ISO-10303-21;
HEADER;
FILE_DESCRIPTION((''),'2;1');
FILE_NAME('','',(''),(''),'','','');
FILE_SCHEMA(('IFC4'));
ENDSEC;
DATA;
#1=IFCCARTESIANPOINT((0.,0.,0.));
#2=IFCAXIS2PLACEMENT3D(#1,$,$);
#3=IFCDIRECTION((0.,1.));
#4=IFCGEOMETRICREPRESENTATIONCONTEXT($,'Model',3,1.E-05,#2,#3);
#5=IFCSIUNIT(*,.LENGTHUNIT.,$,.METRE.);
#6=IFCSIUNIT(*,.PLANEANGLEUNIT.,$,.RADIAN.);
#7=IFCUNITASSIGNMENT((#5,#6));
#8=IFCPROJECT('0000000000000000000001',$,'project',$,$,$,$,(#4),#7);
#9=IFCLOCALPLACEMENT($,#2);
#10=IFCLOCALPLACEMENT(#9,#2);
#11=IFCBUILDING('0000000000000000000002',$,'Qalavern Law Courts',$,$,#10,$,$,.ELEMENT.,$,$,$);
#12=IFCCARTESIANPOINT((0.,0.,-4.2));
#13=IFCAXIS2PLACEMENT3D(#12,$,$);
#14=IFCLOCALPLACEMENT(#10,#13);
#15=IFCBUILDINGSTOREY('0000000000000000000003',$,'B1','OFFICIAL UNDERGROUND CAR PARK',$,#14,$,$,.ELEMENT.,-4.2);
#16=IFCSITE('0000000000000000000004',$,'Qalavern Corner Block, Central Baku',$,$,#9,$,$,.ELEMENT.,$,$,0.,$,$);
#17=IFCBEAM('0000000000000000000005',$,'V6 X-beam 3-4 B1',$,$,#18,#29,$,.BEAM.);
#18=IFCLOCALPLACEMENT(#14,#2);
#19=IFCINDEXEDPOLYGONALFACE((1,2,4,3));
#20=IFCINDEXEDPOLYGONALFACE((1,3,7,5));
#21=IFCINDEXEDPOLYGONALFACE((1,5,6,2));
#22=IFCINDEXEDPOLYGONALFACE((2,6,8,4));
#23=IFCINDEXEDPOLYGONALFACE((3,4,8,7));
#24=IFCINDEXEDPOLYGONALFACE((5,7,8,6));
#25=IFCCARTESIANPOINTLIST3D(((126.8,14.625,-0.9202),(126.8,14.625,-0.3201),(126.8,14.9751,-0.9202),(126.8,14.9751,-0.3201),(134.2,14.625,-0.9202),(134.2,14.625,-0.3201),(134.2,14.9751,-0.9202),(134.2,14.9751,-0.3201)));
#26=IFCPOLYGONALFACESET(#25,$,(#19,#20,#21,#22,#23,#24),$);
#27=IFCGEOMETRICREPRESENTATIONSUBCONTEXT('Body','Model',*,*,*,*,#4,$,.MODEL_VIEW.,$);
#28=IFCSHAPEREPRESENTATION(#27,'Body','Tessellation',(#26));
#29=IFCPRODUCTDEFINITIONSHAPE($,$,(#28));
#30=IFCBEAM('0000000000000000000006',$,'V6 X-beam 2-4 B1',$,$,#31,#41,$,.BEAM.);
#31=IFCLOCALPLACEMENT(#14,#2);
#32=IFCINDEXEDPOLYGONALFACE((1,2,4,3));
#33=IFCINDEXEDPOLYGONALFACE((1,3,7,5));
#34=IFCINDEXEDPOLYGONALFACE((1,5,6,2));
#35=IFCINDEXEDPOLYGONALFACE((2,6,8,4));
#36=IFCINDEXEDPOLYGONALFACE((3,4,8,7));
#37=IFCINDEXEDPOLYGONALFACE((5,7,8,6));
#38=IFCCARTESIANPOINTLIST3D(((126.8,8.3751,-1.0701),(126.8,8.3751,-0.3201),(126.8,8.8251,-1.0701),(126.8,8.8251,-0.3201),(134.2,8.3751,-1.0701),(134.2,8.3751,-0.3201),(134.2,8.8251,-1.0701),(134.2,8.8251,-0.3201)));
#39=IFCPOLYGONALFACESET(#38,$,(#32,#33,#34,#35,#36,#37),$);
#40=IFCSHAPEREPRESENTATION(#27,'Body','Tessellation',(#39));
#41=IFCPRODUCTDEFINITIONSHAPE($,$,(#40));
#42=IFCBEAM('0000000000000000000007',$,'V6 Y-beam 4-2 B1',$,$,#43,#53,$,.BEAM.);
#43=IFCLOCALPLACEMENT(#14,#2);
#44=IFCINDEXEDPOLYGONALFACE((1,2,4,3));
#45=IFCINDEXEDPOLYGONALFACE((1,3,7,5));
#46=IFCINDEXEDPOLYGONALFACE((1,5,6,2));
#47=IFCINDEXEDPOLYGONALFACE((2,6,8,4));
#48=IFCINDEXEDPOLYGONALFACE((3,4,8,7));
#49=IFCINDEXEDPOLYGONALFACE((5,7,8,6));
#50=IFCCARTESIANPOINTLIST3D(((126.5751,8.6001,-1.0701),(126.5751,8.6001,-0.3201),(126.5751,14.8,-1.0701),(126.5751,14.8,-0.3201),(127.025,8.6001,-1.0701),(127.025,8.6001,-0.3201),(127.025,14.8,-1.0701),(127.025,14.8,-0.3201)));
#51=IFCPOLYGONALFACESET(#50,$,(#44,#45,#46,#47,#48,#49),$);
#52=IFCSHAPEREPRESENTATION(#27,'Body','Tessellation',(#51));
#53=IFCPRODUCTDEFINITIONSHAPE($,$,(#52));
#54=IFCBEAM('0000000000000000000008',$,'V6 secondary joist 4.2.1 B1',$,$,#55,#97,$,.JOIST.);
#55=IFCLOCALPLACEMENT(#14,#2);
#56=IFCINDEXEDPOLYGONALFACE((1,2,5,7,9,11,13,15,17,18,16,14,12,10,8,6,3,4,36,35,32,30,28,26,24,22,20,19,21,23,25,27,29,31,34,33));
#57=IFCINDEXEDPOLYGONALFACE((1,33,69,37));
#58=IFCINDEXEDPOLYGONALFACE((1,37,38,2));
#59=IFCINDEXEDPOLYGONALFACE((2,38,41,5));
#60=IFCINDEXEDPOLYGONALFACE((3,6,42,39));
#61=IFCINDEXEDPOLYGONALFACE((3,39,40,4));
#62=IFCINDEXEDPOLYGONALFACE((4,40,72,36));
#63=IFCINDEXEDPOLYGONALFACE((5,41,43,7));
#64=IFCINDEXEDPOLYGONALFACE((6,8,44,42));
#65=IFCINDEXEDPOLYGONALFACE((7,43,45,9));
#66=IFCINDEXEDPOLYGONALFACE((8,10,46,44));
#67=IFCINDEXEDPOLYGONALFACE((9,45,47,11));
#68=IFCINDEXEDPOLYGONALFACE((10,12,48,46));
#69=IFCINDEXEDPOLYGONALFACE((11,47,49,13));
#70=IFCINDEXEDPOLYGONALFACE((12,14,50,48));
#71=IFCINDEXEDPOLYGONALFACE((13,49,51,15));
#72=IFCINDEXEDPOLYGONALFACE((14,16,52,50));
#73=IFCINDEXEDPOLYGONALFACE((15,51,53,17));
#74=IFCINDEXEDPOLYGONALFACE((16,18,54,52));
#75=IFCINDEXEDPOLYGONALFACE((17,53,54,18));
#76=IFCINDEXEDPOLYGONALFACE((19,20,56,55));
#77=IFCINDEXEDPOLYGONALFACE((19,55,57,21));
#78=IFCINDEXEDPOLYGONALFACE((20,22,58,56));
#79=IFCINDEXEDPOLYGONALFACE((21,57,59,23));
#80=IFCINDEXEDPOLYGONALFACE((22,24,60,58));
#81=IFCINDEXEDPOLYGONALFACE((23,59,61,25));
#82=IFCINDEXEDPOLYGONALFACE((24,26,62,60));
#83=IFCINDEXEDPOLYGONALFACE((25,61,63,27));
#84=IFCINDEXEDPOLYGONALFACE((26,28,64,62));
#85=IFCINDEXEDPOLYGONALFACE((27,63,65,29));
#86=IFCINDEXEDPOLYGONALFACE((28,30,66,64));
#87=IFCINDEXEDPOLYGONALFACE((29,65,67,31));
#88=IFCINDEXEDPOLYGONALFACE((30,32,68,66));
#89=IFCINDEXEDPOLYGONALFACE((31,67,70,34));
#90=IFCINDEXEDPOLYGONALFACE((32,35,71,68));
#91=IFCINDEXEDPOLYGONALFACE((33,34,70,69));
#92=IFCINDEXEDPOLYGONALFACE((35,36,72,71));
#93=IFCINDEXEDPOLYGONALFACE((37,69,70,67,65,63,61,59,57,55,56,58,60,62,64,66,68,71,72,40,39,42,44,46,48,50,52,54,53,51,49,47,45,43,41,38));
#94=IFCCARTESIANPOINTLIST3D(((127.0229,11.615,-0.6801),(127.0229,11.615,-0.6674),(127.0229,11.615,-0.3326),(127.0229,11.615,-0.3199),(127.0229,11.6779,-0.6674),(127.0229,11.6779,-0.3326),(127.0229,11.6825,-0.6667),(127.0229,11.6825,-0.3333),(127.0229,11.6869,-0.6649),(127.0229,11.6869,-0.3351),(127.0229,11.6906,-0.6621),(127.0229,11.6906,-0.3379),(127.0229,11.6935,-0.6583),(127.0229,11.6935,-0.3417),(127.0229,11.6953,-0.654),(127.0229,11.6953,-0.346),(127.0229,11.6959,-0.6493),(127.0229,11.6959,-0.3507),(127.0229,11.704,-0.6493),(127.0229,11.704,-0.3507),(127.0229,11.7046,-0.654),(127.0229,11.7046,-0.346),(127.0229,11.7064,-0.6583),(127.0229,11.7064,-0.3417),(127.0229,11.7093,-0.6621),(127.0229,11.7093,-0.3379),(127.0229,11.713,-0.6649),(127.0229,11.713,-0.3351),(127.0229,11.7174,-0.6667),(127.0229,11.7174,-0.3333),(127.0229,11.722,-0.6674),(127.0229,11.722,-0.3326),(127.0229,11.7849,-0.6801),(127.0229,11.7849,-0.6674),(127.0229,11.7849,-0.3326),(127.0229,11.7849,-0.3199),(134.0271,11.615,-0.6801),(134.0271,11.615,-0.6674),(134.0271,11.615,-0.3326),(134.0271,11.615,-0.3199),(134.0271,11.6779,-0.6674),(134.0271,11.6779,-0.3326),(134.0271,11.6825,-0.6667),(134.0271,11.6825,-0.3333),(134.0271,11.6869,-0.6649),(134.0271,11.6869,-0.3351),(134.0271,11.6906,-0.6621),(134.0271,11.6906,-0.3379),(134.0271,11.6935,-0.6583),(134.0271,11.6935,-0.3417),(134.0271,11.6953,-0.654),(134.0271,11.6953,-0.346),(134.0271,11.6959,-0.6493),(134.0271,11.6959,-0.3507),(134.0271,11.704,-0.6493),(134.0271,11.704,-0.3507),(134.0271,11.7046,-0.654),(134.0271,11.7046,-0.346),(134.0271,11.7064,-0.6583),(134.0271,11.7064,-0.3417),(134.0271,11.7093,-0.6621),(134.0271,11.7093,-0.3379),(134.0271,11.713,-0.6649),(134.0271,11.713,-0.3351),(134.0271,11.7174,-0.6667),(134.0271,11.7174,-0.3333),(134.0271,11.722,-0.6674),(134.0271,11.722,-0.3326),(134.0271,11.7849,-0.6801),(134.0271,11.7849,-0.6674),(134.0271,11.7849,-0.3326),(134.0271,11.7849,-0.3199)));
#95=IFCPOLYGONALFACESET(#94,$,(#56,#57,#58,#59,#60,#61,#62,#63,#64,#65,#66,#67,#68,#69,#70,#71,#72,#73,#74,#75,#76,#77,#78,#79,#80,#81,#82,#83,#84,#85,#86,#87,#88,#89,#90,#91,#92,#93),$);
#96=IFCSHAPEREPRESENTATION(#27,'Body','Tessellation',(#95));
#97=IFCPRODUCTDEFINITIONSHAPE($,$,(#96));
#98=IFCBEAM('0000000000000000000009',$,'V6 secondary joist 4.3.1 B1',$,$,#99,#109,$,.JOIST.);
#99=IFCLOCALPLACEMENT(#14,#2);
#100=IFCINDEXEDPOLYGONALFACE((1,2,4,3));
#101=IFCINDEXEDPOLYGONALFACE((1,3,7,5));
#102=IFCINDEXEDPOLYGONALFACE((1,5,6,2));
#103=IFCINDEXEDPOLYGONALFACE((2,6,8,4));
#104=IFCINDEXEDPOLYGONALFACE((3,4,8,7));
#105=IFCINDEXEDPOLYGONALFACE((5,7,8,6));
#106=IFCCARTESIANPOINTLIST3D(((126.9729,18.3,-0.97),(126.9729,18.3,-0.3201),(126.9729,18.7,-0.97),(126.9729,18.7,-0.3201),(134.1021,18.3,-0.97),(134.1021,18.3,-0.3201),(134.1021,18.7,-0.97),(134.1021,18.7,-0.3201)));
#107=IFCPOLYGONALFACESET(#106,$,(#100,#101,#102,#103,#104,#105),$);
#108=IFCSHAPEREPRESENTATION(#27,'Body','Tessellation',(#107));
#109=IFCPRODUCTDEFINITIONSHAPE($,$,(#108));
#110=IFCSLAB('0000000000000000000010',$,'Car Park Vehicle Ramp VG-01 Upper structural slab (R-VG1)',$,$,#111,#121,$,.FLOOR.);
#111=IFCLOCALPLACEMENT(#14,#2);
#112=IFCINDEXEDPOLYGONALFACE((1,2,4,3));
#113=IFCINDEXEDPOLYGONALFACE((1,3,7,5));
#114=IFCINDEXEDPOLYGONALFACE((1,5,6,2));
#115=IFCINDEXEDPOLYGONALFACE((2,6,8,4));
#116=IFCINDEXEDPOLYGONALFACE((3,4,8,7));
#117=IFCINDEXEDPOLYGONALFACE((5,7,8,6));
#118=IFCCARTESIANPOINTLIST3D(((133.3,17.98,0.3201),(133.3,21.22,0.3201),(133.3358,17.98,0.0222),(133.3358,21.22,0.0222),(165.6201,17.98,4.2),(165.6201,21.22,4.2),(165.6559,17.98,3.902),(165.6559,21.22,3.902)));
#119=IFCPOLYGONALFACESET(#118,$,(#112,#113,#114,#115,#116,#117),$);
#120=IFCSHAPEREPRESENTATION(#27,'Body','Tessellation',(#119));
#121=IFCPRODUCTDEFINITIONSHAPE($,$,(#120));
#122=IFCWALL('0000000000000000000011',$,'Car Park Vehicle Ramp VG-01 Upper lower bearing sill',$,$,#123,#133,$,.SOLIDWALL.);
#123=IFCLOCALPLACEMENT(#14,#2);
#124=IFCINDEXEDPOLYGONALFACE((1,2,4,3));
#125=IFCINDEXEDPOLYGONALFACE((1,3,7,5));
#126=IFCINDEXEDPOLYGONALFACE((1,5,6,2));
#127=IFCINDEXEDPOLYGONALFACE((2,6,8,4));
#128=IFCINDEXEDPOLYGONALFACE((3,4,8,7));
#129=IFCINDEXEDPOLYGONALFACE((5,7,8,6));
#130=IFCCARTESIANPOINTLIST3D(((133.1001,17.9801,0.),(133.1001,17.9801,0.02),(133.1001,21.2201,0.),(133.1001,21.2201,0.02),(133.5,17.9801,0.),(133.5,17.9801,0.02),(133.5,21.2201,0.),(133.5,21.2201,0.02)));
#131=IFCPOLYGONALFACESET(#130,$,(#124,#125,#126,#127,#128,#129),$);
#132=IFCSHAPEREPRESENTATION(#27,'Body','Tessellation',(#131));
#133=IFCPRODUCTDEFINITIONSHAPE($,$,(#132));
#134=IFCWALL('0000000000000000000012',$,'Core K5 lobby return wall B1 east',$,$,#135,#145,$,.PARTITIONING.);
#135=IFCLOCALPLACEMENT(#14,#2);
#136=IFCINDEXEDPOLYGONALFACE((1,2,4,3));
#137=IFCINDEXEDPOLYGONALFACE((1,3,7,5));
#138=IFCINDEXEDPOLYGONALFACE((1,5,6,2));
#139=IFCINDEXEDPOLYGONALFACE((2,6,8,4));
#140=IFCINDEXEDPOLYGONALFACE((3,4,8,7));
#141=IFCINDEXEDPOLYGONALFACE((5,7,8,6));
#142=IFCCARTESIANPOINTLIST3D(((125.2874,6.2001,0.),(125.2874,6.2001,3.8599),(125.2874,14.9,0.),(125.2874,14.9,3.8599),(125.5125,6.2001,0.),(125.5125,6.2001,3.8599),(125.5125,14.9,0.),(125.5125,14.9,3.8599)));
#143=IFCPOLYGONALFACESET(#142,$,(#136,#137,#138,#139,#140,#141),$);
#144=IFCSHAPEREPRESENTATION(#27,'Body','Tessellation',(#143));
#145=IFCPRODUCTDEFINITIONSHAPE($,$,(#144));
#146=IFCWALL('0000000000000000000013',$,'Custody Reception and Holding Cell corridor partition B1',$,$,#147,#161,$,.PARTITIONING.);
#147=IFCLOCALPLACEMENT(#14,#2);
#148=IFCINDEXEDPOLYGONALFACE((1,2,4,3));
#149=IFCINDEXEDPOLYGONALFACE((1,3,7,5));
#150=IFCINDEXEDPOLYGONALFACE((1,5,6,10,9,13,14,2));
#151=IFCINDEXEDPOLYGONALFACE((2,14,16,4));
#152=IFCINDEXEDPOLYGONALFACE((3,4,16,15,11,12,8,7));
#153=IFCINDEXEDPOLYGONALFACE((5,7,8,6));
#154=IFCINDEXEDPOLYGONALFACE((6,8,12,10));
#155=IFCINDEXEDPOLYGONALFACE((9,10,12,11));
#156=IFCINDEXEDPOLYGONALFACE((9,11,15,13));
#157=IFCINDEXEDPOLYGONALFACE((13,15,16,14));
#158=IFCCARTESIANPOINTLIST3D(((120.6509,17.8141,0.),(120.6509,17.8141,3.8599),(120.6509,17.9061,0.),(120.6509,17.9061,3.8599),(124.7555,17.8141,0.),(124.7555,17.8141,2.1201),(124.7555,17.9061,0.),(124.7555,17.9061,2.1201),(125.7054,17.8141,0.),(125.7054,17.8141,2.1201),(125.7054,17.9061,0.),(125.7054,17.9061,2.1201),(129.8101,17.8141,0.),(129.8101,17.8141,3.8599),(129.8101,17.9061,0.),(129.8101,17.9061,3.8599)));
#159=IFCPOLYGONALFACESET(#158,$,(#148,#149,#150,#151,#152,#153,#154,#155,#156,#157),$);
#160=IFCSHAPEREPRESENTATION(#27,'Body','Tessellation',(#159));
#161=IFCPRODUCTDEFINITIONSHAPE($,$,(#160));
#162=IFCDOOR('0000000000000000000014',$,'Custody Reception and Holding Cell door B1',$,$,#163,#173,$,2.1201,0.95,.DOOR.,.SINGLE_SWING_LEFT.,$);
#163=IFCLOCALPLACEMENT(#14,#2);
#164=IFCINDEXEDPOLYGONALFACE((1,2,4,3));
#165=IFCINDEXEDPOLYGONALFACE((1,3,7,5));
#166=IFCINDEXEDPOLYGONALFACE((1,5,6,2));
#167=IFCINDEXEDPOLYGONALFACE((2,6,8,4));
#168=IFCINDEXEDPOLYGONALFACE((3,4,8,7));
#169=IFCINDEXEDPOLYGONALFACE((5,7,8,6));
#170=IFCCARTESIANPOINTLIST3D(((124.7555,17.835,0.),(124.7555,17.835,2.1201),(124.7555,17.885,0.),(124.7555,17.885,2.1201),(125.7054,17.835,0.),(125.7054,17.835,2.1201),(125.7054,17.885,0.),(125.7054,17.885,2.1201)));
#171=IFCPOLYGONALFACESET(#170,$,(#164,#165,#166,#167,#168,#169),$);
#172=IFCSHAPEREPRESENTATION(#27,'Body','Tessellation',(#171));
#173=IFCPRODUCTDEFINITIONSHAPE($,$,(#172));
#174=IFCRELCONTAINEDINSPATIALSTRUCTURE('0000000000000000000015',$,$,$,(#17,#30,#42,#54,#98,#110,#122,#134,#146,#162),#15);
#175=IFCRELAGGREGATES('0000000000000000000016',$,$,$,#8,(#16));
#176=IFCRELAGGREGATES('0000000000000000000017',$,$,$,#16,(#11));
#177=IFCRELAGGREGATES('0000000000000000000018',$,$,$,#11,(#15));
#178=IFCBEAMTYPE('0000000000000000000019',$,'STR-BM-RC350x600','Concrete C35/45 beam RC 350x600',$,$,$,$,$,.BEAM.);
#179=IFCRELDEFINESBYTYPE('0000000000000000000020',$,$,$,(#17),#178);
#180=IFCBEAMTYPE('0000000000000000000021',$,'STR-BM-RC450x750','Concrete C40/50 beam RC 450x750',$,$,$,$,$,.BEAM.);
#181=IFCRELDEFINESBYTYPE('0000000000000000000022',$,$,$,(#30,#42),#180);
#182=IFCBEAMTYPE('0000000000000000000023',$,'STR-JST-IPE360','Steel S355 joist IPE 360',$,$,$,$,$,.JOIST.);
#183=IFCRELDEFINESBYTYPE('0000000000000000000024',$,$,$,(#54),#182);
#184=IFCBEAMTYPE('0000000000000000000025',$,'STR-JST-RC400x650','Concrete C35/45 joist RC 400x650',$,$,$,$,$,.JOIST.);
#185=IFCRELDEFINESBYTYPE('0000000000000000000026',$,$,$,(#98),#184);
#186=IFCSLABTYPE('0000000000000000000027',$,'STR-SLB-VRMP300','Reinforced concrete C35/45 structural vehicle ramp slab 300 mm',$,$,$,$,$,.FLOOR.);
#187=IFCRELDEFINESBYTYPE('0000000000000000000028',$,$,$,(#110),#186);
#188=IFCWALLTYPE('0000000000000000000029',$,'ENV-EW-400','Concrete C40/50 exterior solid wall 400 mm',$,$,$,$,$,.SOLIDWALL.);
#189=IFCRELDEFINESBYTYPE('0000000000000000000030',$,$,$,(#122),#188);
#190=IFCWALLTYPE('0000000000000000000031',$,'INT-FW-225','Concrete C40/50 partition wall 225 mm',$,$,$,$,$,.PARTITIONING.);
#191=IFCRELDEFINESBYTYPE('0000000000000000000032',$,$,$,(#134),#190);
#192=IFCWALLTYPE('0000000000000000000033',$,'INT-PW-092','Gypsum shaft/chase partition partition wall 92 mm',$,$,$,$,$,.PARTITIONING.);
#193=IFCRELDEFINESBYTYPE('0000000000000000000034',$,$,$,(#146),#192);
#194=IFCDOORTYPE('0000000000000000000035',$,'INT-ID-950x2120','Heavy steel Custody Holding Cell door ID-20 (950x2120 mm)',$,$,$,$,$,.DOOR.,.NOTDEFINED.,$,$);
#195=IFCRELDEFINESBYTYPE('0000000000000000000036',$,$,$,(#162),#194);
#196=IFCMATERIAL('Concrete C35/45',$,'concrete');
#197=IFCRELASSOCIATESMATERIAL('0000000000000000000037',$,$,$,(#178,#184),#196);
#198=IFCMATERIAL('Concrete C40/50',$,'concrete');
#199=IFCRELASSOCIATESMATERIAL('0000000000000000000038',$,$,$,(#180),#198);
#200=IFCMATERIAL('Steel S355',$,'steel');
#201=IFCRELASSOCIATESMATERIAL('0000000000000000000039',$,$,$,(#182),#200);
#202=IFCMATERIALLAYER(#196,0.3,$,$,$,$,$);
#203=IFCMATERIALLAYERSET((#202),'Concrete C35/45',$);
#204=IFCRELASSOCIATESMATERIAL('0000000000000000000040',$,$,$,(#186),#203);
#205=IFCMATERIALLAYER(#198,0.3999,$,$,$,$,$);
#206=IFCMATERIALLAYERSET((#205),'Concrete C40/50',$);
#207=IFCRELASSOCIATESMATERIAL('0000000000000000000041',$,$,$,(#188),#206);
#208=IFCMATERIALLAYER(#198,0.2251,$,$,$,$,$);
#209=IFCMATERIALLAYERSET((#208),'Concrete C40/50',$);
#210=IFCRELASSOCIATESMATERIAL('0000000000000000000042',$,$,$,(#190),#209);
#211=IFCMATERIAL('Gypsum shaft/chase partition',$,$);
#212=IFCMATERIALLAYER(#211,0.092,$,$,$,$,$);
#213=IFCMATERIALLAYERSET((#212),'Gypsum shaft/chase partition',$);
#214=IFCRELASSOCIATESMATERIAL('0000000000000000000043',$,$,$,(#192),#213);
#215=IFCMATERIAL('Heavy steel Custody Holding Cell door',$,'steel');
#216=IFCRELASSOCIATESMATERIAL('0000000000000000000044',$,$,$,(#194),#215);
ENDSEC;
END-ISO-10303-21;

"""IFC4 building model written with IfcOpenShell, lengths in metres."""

from ifc_helpers import new_model, si_unit, direction, frame, frame_2d, origin, origin_2d, place, context, subcontext, project, spatial, polyline, rectangle, i_section, outline, extrude, material, layer, layer_set, material_profile, profile_set, type_object, element, fill, save


model = new_model("IFC4")

# Units and contexts
model_context = context("Model", 3, precision=1e-05, world=origin(), true_north=direction((0.0, 1.0)))
body_context = subcontext(model_context, "Body", "Model", "MODEL_VIEW")
ifc_project = project(units=[si_unit("LENGTHUNIT", "METRE"), si_unit("PLANEANGLEUNIT", "RADIAN")], contexts=[model_context])

# Site, building, storey
site_placement = place(None, origin())
site = spatial("IfcSite", under=ifc_project, at=site_placement, Name="Qalavern Corner Block, Central Baku", CompositionType="ELEMENT", RefElevation=0.0)
building_placement = place(site_placement, origin())
building = spatial("IfcBuilding", under=site, at=building_placement, Name="Qalavern Law Courts", CompositionType="ELEMENT")
storey_placement = place(building_placement, frame((0.0, 0.0, -4.2)))
storey = spatial("IfcBuildingStorey", under=building, at=storey_placement, Name="B1", Description="OFFICIAL UNDERGROUND CAR PARK", CompositionType="ELEMENT", Elevation=-4.2)

# Beams
ifc_material_1 = material(Name="Steel S355", Category="steel")
ifc_material_2 = material(Name="Concrete C35/45", Category="concrete")
ifc_material_profile_1 = material_profile(ifc_material_2, rectangle(XDim=0.3501, YDim=0.6001, at=origin_2d()), Name="RC 350x600")
ifc_profile_set_1 = profile_set([ifc_material_profile_1], Name="Concrete C35/45")
beam_type_1 = type_object("IfcBeamType", Name="STR-BM-RC350x600", Description="Concrete C35/45 beam RC 350x600", PredefinedType="BEAM", material=ifc_profile_set_1)
beam_1_placement = place(storey_placement, frame((126.8, 14.8, -0.6201), z_axis=(1.0, 0.0, 0.0), x_axis=(0.0, 1.0, 0.0)))
element("IfcBeam", 1, at=beam_1_placement, inside=storey, type_object=beam_type_1, Name="V6 X-beam 3-4 B1", PredefinedType="BEAM", context=body_context, shape_type="SweptSolid", body=[
    extrude(rectangle(XDim=0.3501, YDim=0.6001, at=origin_2d()), origin(), (0.0, 0.0, 1.0), 7.3999),
])
ifc_material_3 = material(Name="Concrete C40/50", Category="concrete")
ifc_material_profile_2 = material_profile(ifc_material_3, rectangle(XDim=0.45, YDim=0.75, at=origin_2d()), Name="RC 450x750")
ifc_profile_set_2 = profile_set([ifc_material_profile_2], Name="Concrete C40/50")
beam_type_2 = type_object("IfcBeamType", Name="STR-BM-RC450x750", Description="Concrete C40/50 beam RC 450x750", PredefinedType="BEAM", material=ifc_profile_set_2)
beam_2_placement = place(storey_placement, frame((126.8, 8.6001, -0.6951), z_axis=(1.0, 0.0, 0.0), x_axis=(0.0, 1.0, 0.0)))
element("IfcBeam", 2, at=beam_2_placement, inside=storey, type_object=beam_type_2, Name="V6 X-beam 2-4 B1", PredefinedType="BEAM", context=body_context, shape_type="SweptSolid", body=[
    extrude(rectangle(XDim=0.45, YDim=0.75, at=origin_2d()), origin(), (0.0, 0.0, 1.0), 7.3999),
])
beam_3_placement = place(storey_placement, frame((126.8, 8.6001, -0.6951), z_axis=(0.0, 1.0, 0.0), x_axis=(-1.0, 0.0, 0.0)))
element("IfcBeam", 3, at=beam_3_placement, inside=storey, type_object=beam_type_2, Name="V6 Y-beam 4-2 B1", PredefinedType="BEAM", context=body_context, shape_type="SweptSolid", body=[
    extrude(rectangle(XDim=0.45, YDim=0.75, at=origin_2d()), origin(), (0.0, 0.0, 1.0), 6.2),
])
ifc_material_profile_3 = material_profile(ifc_material_1, i_section(OverallWidth=0.1699, OverallDepth=0.3601, WebThickness=0.0081, FlangeThickness=0.0127, FilletRadius=0.0181, at=origin_2d()), Name="IPE 360")
ifc_profile_set_3 = profile_set([ifc_material_profile_3], Name="Steel S355")
beam_type_3 = type_object("IfcBeamType", Name="STR-JST-IPE360", Description="Steel S355 joist IPE 360", PredefinedType="JOIST", material=ifc_profile_set_3)
beam_4_placement = place(storey_placement, frame((127.0229, 11.7, -0.5), z_axis=(1.0, 0.0, 0.0), x_axis=(0.0, 1.0, 0.0)))
element("IfcBeam", 4, at=beam_4_placement, inside=storey, type_object=beam_type_3, Name="V6 secondary joist 4.2.1 B1", PredefinedType="JOIST", context=body_context, shape_type="SweptSolid", body=[
    extrude(i_section(OverallWidth=0.1699, OverallDepth=0.3601, WebThickness=0.0081, FlangeThickness=0.0127, FilletRadius=0.0181, at=origin_2d()), origin(), (0.0, 0.0, 1.0), 7.0042),
])
ifc_material_profile_4 = material_profile(ifc_material_2, rectangle(XDim=0.3999, YDim=0.6499, at=origin_2d()), Name="RC 400x650")
ifc_profile_set_4 = profile_set([ifc_material_profile_4], Name="Concrete C35/45")
beam_type_4 = type_object("IfcBeamType", Name="STR-JST-RC400x650", Description="Concrete C35/45 joist RC 400x650", PredefinedType="JOIST", material=ifc_profile_set_4)
beam_5_placement = place(storey_placement, frame((126.9729, 18.5, -0.645), z_axis=(1.0, 0.0, 0.0), x_axis=(0.0, 1.0, 0.0)))
element("IfcBeam", 5, at=beam_5_placement, inside=storey, type_object=beam_type_4, Name="V6 secondary joist 4.3.1 B1", PredefinedType="JOIST", context=body_context, shape_type="SweptSolid", body=[
    extrude(rectangle(XDim=0.3999, YDim=0.6499, at=origin_2d()), origin(), (0.0, 0.0, 1.0), 7.1292),
])

# Slab
ifc_layer_1 = layer(ifc_material_2, 0.3)
ifc_layer_set_1 = layer_set([ifc_layer_1], Name="Concrete C35/45")
slab_type = type_object("IfcSlabType", Name="STR-SLB-VRMP300", Description="Reinforced concrete C35/45 structural vehicle ramp slab 300 mm", PredefinedType="FLOOR", material=ifc_layer_set_1)
slab_placement = place(storey_placement, frame((133.3, 17.98, 0.3201), z_axis=(-0.11919, 0.0, 0.992871), x_axis=(0.992871, 0.0, 0.11919)))
element("IfcSlab", 6, at=slab_placement, inside=storey, type_object=slab_type, Name="Car Park Vehicle Ramp VG-01 Upper structural slab (R-VG1)", PredefinedType="FLOOR", context=body_context, shape_type="SweptSolid", body=[
    extrude(outline(polyline([(0.0, 0.0), (32.5521, 0.0), (32.5521, 3.24), (0.0, 3.24), (0.0, 0.0)])), origin(), (0.0, 0.0, -1.0), 0.3),
])

# Wall
ifc_layer_2 = layer(ifc_material_3, 0.3999)
ifc_layer_set_2 = layer_set([ifc_layer_2], Name="Concrete C40/50")
wall_type_1 = type_object("IfcWallType", Name="ENV-EW-400", Description="Concrete C40/50 exterior solid wall 400 mm", PredefinedType="SOLIDWALL", material=ifc_layer_set_2)
wall_1_placement = place(storey_placement, frame((133.3, 17.98, 0.0), z_axis=(0.0, 0.0, 1.0), x_axis=(0.0, 1.0, 0.0)))
element("IfcWall", 7, at=wall_1_placement, inside=storey, type_object=wall_type_1, Name="Car Park Vehicle Ramp VG-01 Upper lower bearing sill", PredefinedType="SOLIDWALL", context=body_context, shape_type="SweptSolid", body=[
    extrude(rectangle(XDim=3.24, YDim=0.3999, at=frame_2d((1.6201, 0.0))), origin(), (0.0, 0.0, 1.0), 0.02),
])

# Shared definitions
ifc_layer_3 = layer(ifc_material_3, 0.2251)
ifc_layer_set_3 = layer_set([ifc_layer_3], Name="Concrete C40/50")
wall_type_2 = type_object("IfcWallType", Name="INT-FW-225", Description="Concrete C40/50 partition wall 225 mm", PredefinedType="PARTITIONING", material=ifc_layer_set_3)

# Wall
wall_2_placement = place(storey_placement, frame((125.3999, 6.2, 0.0), z_axis=(0.0, 0.0, 1.0), x_axis=(0.0, 1.0, 0.0)))
element("IfcWall", 8, at=wall_2_placement, inside=storey, type_object=wall_type_2, Name="Core K5 lobby return wall B1 east", PredefinedType="PARTITIONING", context=body_context, shape_type="SweptSolid", body=[
    extrude(rectangle(XDim=8.7, YDim=0.2251, at=frame_2d((4.3501, 0.0))), origin(), (0.0, 0.0, 1.0), 3.8599),
])

# Wall, opening, door
ifc_material_4 = material(Name="Gypsum shaft/chase partition")
ifc_layer_4 = layer(ifc_material_4, 0.092)
ifc_layer_set_4 = layer_set([ifc_layer_4], Name="Gypsum shaft/chase partition")
wall_type_3 = type_object("IfcWallType", Name="INT-PW-092", Description="Gypsum shaft/chase partition partition wall 92 mm", PredefinedType="PARTITIONING", material=ifc_layer_set_4)
wall_3_placement = place(storey_placement, frame((120.6509, 17.8601, 0.0), z_axis=(0.0, 0.0, 1.0), x_axis=(1.0, 0.0, 0.0)))
wall_3 = element("IfcWall", 9, at=wall_3_placement, inside=storey, type_object=wall_type_3, Name="Custody Reception and Holding Cell corridor partition B1", PredefinedType="PARTITIONING", context=body_context, shape_type="SweptSolid", body=[
    extrude(rectangle(XDim=9.1592, YDim=0.092, at=frame_2d((4.5796, 0.0))), origin(), (0.0, 0.0, 1.0), 3.8599),
])
opening_1_placement = place(wall_3_placement, frame((4.1045, 0.0, 0.0)))
opening_1 = element("IfcOpeningElement", 10, at=opening_1_placement, cuts=wall_3, PredefinedType="OPENING", context=body_context, shape_type="SweptSolid", body=[
    extrude(rectangle(XDim=0.95, YDim=2.1201, at=frame_2d((0.4751, 1.0601))), frame((0.0, 0.061, 0.0), z_axis=(0.0, -1.0, 0.0), x_axis=(1.0, 0.0, 0.0)), (0.0, 0.0, 1.0), 0.1218),
])
ifc_material_5 = material(Name="Heavy steel Custody Holding Cell door", Category="steel")
door_type_1 = type_object("IfcDoorType", Name="INT-ID-950x2120", Description="Heavy steel Custody Holding Cell door ID-20 (950x2120 mm)", OperationType="NOTDEFINED", PredefinedType="DOOR", material=ifc_material_5)
door_1_placement = place(opening_1_placement, origin())
door_1 = element("IfcDoor", 11, at=door_1_placement, inside=storey, type_object=door_type_1, Name="Custody Reception and Holding Cell door B1", OperationType="SINGLE_SWING_LEFT", OverallHeight=2.1201, OverallWidth=0.95, PredefinedType="DOOR", context=body_context, shape_type="SweptSolid", body=[
    extrude(rectangle(XDim=0.95, YDim=2.1201, at=frame_2d((0.4751, 1.0601))), frame((0.0, 0.0249, 0.0), z_axis=(0.0, -1.0, 0.0), x_axis=(1.0, 0.0, 0.0)), (0.0, 0.0, 1.0), 0.05),
])
fill(opening_1, door_1)

save(model, "model.ifc")
